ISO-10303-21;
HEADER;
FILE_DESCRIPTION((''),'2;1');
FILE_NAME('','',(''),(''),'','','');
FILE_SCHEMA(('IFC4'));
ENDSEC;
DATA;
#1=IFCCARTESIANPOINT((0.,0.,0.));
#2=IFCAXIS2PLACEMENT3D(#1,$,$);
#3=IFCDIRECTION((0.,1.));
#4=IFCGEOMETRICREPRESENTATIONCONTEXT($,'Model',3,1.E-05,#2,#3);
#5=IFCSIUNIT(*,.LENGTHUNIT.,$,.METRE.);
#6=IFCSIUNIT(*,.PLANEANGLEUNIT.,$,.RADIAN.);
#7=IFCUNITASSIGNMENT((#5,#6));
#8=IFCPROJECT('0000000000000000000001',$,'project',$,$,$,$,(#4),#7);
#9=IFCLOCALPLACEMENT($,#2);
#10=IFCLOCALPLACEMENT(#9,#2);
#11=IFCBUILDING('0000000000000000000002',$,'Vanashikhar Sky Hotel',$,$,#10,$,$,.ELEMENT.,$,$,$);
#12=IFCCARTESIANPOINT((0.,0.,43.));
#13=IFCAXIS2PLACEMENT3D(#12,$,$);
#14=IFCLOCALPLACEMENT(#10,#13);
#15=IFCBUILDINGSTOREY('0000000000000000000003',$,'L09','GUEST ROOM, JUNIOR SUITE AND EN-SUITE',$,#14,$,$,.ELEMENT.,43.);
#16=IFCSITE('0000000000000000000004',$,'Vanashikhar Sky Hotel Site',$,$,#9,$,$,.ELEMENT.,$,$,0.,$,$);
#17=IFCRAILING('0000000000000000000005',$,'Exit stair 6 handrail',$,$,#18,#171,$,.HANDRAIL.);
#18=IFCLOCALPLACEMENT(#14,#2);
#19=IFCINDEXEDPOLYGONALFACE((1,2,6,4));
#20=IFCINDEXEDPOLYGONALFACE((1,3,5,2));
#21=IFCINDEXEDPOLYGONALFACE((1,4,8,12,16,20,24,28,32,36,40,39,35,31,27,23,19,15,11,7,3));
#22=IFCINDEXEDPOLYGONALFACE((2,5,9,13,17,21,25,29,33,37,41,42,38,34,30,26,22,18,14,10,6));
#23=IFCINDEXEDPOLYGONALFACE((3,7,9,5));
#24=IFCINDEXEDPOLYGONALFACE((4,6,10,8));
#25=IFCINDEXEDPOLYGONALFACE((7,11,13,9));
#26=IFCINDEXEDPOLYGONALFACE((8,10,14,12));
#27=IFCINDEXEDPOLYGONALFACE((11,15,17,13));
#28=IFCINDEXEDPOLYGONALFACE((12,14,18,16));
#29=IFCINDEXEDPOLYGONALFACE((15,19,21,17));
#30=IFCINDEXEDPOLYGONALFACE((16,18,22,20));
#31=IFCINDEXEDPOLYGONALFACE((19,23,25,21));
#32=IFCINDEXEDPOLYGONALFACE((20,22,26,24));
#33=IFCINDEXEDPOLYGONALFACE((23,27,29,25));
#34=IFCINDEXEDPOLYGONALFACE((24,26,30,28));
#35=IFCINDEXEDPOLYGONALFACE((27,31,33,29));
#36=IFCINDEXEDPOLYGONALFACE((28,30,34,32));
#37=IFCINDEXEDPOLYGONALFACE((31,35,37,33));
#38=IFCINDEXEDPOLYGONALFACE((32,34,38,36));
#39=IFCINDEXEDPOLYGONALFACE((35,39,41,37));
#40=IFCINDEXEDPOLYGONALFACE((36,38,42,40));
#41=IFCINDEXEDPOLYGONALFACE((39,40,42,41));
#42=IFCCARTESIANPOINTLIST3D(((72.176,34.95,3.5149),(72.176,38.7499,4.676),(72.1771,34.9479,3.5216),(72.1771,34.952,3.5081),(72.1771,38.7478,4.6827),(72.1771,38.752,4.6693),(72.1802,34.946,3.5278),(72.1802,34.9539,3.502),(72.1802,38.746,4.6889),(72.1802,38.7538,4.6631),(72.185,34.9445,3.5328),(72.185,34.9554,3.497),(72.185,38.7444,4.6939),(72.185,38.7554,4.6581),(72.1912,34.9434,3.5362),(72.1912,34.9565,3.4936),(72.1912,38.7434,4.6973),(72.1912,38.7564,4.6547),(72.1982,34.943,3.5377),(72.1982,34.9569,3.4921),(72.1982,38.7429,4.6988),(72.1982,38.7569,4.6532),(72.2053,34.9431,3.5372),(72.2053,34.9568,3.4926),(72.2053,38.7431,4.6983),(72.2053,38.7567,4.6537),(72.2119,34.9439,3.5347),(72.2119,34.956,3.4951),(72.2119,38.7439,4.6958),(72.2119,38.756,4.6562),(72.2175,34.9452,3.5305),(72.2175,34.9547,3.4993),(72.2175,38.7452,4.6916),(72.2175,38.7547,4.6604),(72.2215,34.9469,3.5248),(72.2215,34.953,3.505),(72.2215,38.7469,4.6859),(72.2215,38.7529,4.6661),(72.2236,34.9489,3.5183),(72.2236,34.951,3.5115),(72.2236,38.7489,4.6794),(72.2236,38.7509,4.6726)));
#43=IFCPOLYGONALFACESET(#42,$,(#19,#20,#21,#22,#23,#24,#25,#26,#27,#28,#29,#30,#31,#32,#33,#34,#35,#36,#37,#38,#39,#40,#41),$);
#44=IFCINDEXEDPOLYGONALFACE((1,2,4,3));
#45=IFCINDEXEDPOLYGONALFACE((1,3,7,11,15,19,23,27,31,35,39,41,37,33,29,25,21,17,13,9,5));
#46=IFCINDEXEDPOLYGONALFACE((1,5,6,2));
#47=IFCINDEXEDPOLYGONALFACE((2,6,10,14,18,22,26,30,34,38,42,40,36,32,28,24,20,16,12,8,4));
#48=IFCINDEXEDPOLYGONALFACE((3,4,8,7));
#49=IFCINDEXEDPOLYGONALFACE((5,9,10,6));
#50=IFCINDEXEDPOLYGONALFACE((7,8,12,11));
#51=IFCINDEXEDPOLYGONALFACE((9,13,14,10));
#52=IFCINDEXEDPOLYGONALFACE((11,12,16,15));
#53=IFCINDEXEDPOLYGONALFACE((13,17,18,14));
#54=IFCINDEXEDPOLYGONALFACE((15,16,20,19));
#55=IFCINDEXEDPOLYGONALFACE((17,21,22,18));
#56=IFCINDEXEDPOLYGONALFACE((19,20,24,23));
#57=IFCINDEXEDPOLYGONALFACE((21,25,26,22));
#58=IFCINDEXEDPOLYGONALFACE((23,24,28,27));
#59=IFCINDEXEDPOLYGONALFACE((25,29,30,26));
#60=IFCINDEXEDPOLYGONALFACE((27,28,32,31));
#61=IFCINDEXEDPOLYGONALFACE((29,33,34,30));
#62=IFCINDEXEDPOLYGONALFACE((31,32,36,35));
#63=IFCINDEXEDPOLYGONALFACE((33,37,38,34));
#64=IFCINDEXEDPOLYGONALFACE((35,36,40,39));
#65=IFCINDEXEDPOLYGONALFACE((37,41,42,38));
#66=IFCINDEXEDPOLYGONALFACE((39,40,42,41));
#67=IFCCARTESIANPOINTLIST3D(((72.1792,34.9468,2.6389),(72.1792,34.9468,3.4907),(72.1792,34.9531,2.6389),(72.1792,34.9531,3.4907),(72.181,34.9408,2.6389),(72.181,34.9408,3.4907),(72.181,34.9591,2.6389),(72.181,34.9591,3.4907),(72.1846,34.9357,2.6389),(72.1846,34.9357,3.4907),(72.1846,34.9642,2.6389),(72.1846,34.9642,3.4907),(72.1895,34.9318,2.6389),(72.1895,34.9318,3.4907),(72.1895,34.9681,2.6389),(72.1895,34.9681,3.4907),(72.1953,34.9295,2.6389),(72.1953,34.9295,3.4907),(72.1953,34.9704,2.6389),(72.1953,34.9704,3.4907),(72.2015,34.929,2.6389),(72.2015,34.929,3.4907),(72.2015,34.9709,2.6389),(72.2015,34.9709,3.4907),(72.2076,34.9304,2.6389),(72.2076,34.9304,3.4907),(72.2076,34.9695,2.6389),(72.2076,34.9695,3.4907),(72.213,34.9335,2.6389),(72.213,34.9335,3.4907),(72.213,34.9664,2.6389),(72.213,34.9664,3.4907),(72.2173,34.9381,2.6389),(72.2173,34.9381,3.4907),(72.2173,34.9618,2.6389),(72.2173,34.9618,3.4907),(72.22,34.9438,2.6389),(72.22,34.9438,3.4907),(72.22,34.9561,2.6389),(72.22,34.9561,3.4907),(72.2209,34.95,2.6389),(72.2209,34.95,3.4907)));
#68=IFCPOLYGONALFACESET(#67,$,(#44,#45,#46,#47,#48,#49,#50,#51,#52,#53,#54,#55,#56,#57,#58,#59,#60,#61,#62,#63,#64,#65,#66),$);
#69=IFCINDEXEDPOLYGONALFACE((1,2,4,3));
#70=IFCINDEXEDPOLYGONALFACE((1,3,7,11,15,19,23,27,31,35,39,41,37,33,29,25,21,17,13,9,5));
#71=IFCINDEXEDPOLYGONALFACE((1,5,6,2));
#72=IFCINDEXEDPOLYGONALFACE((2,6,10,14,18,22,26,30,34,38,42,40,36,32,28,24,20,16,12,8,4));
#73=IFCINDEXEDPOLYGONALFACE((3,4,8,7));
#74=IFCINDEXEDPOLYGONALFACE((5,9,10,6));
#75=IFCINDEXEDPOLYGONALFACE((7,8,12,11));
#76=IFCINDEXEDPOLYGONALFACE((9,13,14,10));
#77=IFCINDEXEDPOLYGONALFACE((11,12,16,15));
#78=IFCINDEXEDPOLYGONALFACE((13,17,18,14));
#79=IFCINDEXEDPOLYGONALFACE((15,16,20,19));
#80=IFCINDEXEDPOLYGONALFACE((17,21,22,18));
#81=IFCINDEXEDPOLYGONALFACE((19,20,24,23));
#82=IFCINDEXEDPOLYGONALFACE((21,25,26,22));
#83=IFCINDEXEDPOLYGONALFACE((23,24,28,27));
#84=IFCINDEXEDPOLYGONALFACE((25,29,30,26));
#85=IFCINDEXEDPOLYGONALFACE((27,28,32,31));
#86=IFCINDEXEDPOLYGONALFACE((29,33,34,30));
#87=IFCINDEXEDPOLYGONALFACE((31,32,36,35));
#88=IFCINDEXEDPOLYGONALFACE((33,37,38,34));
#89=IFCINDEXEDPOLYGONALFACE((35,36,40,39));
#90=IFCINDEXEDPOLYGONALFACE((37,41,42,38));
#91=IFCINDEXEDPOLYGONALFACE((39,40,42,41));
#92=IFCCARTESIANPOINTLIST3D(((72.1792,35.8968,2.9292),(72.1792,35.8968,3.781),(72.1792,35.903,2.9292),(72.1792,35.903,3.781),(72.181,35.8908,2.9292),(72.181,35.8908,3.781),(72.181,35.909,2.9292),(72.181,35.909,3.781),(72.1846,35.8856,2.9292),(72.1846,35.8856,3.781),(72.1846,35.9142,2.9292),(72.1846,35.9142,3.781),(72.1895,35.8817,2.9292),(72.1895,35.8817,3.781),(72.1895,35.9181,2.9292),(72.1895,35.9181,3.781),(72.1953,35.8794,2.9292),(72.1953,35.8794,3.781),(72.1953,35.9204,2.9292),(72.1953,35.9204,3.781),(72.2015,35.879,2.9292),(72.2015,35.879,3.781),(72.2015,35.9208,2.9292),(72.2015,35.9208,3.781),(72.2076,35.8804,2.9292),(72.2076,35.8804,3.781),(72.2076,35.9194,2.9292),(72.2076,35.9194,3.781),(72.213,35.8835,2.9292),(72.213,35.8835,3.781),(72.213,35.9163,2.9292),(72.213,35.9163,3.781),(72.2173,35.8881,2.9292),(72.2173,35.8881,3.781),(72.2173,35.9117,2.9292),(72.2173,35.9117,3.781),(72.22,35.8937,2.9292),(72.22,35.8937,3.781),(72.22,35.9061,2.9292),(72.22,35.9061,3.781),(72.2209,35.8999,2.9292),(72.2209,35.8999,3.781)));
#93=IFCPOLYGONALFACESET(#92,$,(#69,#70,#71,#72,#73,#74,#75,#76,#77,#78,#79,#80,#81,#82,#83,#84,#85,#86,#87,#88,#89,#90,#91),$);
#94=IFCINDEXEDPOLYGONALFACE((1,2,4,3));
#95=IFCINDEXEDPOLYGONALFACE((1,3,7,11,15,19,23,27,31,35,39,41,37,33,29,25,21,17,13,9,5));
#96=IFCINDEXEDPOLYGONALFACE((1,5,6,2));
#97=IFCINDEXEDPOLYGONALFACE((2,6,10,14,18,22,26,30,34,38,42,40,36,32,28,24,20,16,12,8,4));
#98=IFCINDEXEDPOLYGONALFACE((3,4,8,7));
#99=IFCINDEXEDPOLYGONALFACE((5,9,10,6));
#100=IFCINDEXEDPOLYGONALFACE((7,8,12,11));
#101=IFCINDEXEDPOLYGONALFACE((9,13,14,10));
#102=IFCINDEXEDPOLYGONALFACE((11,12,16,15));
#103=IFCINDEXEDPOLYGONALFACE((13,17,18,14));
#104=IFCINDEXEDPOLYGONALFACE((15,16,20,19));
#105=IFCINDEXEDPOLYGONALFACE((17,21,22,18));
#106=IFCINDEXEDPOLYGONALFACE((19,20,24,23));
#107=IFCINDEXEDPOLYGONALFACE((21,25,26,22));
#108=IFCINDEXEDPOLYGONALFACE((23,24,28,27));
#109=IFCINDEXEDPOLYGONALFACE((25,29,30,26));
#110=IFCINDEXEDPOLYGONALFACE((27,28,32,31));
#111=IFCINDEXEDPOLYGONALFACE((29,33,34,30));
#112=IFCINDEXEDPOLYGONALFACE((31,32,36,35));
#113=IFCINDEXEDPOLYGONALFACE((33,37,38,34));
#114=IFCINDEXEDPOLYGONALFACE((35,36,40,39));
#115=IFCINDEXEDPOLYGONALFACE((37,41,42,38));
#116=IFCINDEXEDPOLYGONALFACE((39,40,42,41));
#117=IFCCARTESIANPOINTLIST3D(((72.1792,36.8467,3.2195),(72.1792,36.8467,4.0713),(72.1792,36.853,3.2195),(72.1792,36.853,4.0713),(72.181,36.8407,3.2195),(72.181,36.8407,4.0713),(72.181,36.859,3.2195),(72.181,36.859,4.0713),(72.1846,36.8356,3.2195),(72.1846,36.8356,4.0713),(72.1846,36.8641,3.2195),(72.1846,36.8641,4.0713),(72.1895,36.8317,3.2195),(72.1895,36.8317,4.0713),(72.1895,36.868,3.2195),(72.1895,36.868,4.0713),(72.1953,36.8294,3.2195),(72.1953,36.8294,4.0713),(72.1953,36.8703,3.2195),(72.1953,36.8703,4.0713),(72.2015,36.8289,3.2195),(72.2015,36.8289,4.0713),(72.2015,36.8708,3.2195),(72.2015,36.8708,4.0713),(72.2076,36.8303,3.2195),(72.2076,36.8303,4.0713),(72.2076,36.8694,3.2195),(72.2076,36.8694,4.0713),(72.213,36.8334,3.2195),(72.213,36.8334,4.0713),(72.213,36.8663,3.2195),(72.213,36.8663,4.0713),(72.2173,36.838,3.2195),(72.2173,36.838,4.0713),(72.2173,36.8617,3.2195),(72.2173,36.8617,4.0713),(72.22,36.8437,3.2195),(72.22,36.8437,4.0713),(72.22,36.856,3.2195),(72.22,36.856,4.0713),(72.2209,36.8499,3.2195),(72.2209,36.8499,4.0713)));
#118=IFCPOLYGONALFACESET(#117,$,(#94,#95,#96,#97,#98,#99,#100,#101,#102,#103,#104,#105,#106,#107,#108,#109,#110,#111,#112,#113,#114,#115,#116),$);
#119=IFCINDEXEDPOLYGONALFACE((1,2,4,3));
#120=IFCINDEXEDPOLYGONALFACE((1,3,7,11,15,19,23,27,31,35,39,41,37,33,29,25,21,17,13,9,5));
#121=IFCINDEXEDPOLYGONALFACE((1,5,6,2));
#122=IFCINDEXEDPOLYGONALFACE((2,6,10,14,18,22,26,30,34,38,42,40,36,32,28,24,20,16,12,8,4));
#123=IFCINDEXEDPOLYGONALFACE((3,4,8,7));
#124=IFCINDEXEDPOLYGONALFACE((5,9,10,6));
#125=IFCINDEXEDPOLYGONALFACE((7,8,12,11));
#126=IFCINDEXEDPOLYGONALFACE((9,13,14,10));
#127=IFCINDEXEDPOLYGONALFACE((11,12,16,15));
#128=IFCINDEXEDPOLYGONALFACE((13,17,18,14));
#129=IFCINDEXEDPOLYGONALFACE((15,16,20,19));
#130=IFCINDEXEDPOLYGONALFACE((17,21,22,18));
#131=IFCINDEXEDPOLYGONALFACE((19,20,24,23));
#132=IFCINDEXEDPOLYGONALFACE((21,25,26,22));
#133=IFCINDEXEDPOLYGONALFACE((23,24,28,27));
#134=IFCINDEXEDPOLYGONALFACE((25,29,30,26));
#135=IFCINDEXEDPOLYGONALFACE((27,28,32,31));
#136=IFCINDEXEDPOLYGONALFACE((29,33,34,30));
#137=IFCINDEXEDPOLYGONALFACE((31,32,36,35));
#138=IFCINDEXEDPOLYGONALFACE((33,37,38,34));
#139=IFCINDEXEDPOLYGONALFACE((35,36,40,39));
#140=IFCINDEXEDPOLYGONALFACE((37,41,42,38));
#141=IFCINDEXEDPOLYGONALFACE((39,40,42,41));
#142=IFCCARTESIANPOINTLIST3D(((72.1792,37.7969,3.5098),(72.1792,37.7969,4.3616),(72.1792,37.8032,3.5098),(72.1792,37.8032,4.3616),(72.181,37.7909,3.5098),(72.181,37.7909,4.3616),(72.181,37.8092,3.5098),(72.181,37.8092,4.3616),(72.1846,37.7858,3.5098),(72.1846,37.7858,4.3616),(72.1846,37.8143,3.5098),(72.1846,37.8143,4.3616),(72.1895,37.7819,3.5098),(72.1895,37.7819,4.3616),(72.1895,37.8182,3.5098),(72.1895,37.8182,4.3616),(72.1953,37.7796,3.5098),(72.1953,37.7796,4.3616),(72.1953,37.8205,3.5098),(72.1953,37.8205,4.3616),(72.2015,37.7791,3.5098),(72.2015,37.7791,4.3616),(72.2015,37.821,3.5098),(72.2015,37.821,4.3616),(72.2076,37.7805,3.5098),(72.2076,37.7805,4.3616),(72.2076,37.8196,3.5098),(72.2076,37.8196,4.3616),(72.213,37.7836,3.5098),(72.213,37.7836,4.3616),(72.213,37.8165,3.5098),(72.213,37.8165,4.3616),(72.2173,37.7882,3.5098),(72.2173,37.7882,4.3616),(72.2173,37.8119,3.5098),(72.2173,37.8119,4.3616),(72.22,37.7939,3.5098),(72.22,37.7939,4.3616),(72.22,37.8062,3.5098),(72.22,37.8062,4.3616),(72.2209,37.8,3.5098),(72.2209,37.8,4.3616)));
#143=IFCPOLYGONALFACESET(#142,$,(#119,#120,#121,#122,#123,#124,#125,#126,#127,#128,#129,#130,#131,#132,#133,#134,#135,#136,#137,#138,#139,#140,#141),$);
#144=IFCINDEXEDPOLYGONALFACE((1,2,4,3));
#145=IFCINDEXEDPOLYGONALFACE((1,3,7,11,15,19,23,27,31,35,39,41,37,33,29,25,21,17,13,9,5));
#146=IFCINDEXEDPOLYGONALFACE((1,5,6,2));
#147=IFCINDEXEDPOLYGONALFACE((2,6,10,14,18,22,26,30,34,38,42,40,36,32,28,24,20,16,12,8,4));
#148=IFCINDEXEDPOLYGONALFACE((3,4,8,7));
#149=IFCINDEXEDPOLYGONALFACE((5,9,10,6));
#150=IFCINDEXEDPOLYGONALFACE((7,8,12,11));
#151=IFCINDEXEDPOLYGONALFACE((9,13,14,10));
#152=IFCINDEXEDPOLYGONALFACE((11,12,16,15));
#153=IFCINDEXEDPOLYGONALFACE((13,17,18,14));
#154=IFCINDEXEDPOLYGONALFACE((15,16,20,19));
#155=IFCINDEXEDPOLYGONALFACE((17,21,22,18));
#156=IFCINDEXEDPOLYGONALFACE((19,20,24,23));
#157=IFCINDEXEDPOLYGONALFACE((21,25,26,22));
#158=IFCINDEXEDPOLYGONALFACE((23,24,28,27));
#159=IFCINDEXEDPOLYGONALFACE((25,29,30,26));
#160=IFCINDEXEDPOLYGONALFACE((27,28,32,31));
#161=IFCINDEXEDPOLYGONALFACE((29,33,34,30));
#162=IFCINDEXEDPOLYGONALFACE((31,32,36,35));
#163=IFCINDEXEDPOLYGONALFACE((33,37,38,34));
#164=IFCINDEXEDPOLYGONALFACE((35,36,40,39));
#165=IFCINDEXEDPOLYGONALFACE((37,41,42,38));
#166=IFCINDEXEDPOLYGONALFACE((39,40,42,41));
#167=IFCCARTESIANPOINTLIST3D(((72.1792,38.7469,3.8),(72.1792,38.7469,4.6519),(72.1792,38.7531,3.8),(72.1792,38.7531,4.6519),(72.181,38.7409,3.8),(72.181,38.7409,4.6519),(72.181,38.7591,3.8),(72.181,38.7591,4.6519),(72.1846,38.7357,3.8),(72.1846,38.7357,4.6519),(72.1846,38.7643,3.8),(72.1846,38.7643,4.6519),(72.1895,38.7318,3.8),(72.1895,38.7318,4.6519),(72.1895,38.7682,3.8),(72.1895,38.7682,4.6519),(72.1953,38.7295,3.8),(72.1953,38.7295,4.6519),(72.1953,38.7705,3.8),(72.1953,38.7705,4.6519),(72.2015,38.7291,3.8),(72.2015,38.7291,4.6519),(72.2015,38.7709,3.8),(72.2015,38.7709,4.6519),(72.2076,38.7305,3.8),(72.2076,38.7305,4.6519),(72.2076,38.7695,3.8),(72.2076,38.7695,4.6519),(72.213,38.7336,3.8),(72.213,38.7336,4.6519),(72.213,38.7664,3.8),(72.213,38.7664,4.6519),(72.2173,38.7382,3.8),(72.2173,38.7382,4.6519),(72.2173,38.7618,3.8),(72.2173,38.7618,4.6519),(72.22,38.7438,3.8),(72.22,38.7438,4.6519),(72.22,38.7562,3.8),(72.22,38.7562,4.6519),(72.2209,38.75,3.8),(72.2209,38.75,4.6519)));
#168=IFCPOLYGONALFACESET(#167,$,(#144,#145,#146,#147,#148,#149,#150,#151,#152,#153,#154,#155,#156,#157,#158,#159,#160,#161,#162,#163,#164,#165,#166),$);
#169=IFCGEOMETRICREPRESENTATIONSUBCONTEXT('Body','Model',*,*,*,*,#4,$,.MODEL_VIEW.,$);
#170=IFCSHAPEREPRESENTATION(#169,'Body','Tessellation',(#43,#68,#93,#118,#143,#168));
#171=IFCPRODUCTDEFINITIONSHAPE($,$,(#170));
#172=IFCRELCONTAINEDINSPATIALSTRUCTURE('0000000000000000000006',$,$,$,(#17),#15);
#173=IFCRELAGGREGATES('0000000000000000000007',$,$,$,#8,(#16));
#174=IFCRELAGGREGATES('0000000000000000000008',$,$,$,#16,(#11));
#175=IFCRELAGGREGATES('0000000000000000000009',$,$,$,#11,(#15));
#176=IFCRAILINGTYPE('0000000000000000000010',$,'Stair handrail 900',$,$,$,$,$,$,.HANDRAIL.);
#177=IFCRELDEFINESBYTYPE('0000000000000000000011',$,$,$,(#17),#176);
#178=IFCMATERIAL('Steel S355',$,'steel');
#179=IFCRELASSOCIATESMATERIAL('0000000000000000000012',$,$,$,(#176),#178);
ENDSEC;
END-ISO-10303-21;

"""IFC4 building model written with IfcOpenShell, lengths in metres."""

from ifc_helpers import new_model, si_unit, direction, frame, origin, origin_2d, place, context, subcontext, project, spatial, circle, extrude, source, transform, mapped, material, type_object, element, save


model = new_model("IFC4")

# Units and contexts
model_context = context("Model", 3, precision=1e-05, world=origin(), true_north=direction((0.0, 1.0)))
body_context = subcontext(model_context, "Body", "Model", "MODEL_VIEW")
ifc_project = project(units=[si_unit("LENGTHUNIT", "METRE"), si_unit("PLANEANGLEUNIT", "RADIAN")], contexts=[model_context])

# Site, building, storey
site_placement = place(None, origin())
site = spatial("IfcSite", under=ifc_project, at=site_placement, Name="Vanashikhar Sky Hotel Site", CompositionType="ELEMENT", RefElevation=0.0)
building_placement = place(site_placement, origin())
building = spatial("IfcBuilding", under=site, at=building_placement, Name="Vanashikhar Sky Hotel", CompositionType="ELEMENT")
storey_placement = place(building_placement, frame((0.0, 0.0, 43.0)))
storey = spatial("IfcBuildingStorey", under=building, at=storey_placement, Name="L09", Description="GUEST ROOM, JUNIOR SUITE AND EN-SUITE", CompositionType="ELEMENT", Elevation=43.0)

# Railing
ifc_material_1 = material(Name="Steel S355", Category="steel")
railing_type_1 = type_object("IfcRailingType", Name="Stair handrail 900", PredefinedType="HANDRAIL", material=ifc_material_1)
shared_shape_1 = source(origin(), body_context, "Body", "SweptSolid", [
    extrude(circle(Radius=0.0239, at=origin_2d()), frame((0.0, 0.0, 0.876), z_axis=(0.0, 0.956351, 0.29222), x_axis=(-1.0, 0.0, 0.0)), (0.0, 0.0, 1.0), 3.9734),
    extrude(circle(Radius=0.021, at=origin_2d()), origin(), (0.0, 0.0, 1.0), 0.8518),
    extrude(circle(Radius=0.021, at=origin_2d()), frame((0.0, 0.95, 0.2903)), (0.0, 0.0, 1.0), 0.8518),
    extrude(circle(Radius=0.021, at=origin_2d()), frame((0.0, 1.8999, 0.5806)), (0.0, 0.0, 1.0), 0.8518),
    extrude(circle(Radius=0.021, at=origin_2d()), frame((0.0, 2.8501, 0.8708)), (0.0, 0.0, 1.0), 0.8518),
    extrude(circle(Radius=0.021, at=origin_2d()), frame((0.0, 3.8, 1.1611)), (0.0, 0.0, 1.0), 0.8518),
])
for number, where, name in (
    (1, (72.2, 34.95, 2.6389), "Exit stair 6 handrail"),
):
    element("IfcRailing", number, at=place(storey_placement, frame(where)), inside=storey, type_object=railing_type_1, Name=name, PredefinedType="HANDRAIL", context=body_context, shape_type="MappedRepresentation", body=[
        mapped(shared_shape_1, transform((0.0, 0.0, 0.0), scale=1.0)),
    ])

save(model, "model.ifc")
